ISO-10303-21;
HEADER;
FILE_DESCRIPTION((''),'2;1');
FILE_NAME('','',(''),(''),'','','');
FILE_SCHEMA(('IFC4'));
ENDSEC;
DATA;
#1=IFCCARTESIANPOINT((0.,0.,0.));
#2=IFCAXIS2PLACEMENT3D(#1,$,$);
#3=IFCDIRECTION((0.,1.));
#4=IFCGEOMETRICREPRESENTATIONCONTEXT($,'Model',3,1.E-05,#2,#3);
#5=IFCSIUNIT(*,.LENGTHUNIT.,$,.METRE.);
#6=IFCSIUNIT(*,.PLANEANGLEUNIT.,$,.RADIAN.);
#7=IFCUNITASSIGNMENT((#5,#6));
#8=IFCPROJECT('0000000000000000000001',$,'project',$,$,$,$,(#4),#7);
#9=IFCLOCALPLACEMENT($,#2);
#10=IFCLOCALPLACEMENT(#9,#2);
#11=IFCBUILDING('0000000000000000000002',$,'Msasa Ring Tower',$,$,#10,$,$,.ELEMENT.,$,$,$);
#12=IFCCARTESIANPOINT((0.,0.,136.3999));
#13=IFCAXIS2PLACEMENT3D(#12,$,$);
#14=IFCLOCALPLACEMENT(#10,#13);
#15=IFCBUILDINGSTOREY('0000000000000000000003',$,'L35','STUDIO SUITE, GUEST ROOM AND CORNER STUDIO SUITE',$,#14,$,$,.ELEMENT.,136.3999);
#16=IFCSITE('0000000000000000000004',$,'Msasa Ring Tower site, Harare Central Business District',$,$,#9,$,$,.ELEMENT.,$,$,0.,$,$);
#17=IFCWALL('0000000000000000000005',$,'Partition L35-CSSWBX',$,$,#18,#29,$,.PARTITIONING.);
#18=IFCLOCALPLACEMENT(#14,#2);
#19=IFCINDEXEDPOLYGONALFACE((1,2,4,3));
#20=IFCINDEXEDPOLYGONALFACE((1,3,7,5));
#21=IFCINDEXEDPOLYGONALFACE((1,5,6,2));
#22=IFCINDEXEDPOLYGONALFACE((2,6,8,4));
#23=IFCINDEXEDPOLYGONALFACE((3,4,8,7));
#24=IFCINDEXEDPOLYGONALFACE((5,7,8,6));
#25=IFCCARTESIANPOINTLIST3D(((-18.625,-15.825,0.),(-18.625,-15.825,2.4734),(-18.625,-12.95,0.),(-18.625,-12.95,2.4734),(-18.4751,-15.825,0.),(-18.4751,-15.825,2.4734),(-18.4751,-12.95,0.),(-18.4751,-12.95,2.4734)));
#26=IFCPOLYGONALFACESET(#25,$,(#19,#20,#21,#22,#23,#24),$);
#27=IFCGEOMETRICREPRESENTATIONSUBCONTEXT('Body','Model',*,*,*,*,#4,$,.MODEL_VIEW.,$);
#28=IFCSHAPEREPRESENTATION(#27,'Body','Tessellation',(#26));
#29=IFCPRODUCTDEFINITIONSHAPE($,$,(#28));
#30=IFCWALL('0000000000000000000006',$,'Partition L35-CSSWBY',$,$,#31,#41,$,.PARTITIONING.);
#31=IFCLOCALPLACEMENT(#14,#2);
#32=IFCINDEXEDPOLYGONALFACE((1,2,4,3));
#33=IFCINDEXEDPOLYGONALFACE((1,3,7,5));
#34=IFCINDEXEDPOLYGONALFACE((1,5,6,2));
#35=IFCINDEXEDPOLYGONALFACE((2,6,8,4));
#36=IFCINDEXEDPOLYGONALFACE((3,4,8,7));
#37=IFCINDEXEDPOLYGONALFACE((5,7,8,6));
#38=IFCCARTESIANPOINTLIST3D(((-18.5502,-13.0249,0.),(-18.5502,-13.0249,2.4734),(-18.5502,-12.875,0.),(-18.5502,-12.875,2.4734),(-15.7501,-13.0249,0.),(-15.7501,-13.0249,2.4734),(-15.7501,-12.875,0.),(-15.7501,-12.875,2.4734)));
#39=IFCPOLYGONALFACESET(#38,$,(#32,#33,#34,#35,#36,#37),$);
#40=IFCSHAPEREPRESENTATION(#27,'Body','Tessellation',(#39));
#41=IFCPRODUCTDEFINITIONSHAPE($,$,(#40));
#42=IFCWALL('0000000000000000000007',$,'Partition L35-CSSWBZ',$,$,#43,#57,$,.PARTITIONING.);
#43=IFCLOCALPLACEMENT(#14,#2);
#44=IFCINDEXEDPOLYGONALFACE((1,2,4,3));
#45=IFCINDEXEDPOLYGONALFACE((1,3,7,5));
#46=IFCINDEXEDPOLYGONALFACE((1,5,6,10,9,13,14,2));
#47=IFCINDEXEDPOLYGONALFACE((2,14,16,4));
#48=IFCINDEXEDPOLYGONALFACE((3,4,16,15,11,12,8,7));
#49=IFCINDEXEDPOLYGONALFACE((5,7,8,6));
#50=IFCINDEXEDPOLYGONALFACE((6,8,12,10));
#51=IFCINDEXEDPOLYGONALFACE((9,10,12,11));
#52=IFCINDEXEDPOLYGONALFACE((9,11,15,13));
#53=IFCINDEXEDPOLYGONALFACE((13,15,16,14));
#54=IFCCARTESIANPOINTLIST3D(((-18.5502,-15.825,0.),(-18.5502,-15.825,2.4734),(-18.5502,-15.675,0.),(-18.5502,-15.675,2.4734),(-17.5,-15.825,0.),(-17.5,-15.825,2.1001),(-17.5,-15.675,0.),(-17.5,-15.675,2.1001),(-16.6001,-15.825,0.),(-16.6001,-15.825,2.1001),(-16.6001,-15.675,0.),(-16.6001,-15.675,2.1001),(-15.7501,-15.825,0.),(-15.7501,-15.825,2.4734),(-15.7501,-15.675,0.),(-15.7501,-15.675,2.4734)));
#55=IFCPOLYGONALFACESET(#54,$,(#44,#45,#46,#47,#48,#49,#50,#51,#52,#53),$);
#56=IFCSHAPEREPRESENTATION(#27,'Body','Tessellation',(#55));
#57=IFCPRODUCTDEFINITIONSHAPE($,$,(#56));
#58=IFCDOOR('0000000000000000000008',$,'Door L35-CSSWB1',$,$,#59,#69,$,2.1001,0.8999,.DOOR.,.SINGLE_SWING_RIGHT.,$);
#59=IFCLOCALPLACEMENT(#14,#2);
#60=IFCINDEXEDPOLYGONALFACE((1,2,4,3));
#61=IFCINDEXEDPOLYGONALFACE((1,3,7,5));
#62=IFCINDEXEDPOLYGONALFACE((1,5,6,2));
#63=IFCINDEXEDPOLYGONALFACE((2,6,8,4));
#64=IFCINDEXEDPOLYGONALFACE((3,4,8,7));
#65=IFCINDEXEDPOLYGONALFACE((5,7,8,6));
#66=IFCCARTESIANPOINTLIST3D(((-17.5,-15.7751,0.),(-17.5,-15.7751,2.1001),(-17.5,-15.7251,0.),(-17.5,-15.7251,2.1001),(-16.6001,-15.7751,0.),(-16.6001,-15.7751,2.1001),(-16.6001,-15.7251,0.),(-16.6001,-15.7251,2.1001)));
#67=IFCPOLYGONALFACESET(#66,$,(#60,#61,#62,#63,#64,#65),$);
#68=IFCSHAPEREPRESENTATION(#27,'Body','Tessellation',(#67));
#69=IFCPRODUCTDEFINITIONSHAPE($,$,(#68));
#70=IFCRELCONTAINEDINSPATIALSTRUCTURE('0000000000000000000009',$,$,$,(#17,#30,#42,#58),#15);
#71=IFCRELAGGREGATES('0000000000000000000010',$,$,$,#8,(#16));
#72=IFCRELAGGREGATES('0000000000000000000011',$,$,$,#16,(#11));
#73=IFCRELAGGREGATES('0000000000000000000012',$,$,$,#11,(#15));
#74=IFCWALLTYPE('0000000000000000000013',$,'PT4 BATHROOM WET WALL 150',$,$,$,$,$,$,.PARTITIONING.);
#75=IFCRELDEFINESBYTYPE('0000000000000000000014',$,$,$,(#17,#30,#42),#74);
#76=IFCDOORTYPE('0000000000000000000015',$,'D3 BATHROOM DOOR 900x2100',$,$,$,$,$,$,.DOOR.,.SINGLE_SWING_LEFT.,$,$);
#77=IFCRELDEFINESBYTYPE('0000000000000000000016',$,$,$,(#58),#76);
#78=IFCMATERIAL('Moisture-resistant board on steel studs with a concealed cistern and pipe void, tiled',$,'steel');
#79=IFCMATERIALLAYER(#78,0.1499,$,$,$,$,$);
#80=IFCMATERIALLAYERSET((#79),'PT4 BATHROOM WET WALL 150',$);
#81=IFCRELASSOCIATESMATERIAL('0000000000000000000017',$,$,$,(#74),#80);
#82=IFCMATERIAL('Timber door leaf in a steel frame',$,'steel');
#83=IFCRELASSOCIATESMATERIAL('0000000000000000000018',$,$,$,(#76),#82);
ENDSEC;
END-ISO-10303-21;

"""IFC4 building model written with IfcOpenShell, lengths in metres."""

from ifc_helpers import new_model, si_unit, direction, frame, frame_2d, origin, place, context, subcontext, project, spatial, rectangle, extrude, material, layer, layer_set, type_object, element, fill, save


model = new_model("IFC4")

# Units and contexts
model_context = context("Model", 3, precision=1e-05, world=origin(), true_north=direction((0.0, 1.0)))
body_context = subcontext(model_context, "Body", "Model", "MODEL_VIEW")
ifc_project = project(units=[si_unit("LENGTHUNIT", "METRE"), si_unit("PLANEANGLEUNIT", "RADIAN")], contexts=[model_context])

# Site, building, storey
site_placement = place(None, origin())
site = spatial("IfcSite", under=ifc_project, at=site_placement, Name="Msasa Ring Tower site, Harare Central Business District", CompositionType="ELEMENT", RefElevation=0.0)
building_placement = place(site_placement, origin())
building = spatial("IfcBuilding", under=site, at=building_placement, Name="Msasa Ring Tower", CompositionType="ELEMENT")
storey_placement = place(building_placement, frame((0.0, 0.0, 136.3999)))
storey = spatial("IfcBuildingStorey", under=building, at=storey_placement, Name="L35", Description="STUDIO SUITE, GUEST ROOM AND CORNER STUDIO SUITE", CompositionType="ELEMENT", Elevation=136.3999)

# Walls
ifc_material_1 = material(Name="Moisture-resistant board on steel studs with a concealed cistern and pipe void, tiled", Category="steel")
ifc_layer_1 = layer(ifc_material_1, 0.1499)
ifc_layer_set_1 = layer_set([ifc_layer_1], Name="PT4 BATHROOM WET WALL 150")
wall_type_1 = type_object("IfcWallType", Name="PT4 BATHROOM WET WALL 150", PredefinedType="PARTITIONING", material=ifc_layer_set_1)
wall_1_placement = place(storey_placement, frame((-18.55, -15.825, 0.0), z_axis=(0.0, 0.0, 1.0), x_axis=(0.0, 1.0, 0.0)))
element("IfcWall", 1, at=wall_1_placement, inside=storey, type_object=wall_type_1, Name="Partition L35-CSSWBX", PredefinedType="PARTITIONING", context=body_context, shape_type="SweptSolid", body=[
    extrude(rectangle(XDim=2.875, YDim=0.1499, at=frame_2d((1.4375, 0.0))), origin(), (0.0, 0.0, 1.0), 2.4734),
])
wall_2_placement = place(storey_placement, frame((-18.55, -12.95, 0.0), z_axis=(0.0, 0.0, 1.0), x_axis=(1.0, 0.0, 0.0)))
element("IfcWall", 2, at=wall_2_placement, inside=storey, type_object=wall_type_1, Name="Partition L35-CSSWBY", PredefinedType="PARTITIONING", context=body_context, shape_type="SweptSolid", body=[
    extrude(rectangle(XDim=2.8, YDim=0.1499, at=frame_2d((1.3999, 0.0))), origin(), (0.0, 0.0, 1.0), 2.4734),
])

# Wall, opening, door
wall_3_placement = place(storey_placement, frame((-18.55, -15.75, 0.0), z_axis=(0.0, 0.0, 1.0), x_axis=(1.0, 0.0, 0.0)))
wall_3 = element("IfcWall", 3, at=wall_3_placement, inside=storey, type_object=wall_type_1, Name="Partition L35-CSSWBZ", PredefinedType="PARTITIONING", context=body_context, shape_type="SweptSolid", body=[
    extrude(rectangle(XDim=2.8, YDim=0.1499, at=frame_2d((1.3999, 0.0))), origin(), (0.0, 0.0, 1.0), 2.4734),
])
opening_1_placement = place(wall_3_placement, frame((1.05, 0.0, 0.0)))
opening_1 = element("IfcOpeningElement", 4, at=opening_1_placement, cuts=wall_3, PredefinedType="OPENING", context=body_context, shape_type="SweptSolid", body=[
    extrude(rectangle(XDim=0.8999, YDim=2.1001, at=frame_2d((0.45, 1.05))), frame((0.0, 0.085, 0.0), z_axis=(0.0, -1.0, 0.0), x_axis=(1.0, 0.0, 0.0)), (0.0, 0.0, 1.0), 0.1699),
])
ifc_material_2 = material(Name="Timber door leaf in a steel frame", Category="steel")
door_type_1 = type_object("IfcDoorType", Name="D3 BATHROOM DOOR 900x2100", OperationType="SINGLE_SWING_LEFT", PredefinedType="DOOR", material=ifc_material_2)
door_1_placement = place(opening_1_placement, origin())
door_1 = element("IfcDoor", 5, at=door_1_placement, inside=storey, type_object=door_type_1, Name="Door L35-CSSWB1", OperationType="SINGLE_SWING_RIGHT", OverallHeight=2.1001, OverallWidth=0.8999, PredefinedType="DOOR", context=body_context, shape_type="SweptSolid", body=[
    extrude(rectangle(XDim=0.8999, YDim=2.1001, at=frame_2d((0.45, 1.05))), frame((0.0, 0.0249, 0.0), z_axis=(0.0, -1.0, 0.0), x_axis=(1.0, 0.0, 0.0)), (0.0, 0.0, 1.0), 0.05),
])
fill(opening_1, door_1)

save(model, "model.ifc")
